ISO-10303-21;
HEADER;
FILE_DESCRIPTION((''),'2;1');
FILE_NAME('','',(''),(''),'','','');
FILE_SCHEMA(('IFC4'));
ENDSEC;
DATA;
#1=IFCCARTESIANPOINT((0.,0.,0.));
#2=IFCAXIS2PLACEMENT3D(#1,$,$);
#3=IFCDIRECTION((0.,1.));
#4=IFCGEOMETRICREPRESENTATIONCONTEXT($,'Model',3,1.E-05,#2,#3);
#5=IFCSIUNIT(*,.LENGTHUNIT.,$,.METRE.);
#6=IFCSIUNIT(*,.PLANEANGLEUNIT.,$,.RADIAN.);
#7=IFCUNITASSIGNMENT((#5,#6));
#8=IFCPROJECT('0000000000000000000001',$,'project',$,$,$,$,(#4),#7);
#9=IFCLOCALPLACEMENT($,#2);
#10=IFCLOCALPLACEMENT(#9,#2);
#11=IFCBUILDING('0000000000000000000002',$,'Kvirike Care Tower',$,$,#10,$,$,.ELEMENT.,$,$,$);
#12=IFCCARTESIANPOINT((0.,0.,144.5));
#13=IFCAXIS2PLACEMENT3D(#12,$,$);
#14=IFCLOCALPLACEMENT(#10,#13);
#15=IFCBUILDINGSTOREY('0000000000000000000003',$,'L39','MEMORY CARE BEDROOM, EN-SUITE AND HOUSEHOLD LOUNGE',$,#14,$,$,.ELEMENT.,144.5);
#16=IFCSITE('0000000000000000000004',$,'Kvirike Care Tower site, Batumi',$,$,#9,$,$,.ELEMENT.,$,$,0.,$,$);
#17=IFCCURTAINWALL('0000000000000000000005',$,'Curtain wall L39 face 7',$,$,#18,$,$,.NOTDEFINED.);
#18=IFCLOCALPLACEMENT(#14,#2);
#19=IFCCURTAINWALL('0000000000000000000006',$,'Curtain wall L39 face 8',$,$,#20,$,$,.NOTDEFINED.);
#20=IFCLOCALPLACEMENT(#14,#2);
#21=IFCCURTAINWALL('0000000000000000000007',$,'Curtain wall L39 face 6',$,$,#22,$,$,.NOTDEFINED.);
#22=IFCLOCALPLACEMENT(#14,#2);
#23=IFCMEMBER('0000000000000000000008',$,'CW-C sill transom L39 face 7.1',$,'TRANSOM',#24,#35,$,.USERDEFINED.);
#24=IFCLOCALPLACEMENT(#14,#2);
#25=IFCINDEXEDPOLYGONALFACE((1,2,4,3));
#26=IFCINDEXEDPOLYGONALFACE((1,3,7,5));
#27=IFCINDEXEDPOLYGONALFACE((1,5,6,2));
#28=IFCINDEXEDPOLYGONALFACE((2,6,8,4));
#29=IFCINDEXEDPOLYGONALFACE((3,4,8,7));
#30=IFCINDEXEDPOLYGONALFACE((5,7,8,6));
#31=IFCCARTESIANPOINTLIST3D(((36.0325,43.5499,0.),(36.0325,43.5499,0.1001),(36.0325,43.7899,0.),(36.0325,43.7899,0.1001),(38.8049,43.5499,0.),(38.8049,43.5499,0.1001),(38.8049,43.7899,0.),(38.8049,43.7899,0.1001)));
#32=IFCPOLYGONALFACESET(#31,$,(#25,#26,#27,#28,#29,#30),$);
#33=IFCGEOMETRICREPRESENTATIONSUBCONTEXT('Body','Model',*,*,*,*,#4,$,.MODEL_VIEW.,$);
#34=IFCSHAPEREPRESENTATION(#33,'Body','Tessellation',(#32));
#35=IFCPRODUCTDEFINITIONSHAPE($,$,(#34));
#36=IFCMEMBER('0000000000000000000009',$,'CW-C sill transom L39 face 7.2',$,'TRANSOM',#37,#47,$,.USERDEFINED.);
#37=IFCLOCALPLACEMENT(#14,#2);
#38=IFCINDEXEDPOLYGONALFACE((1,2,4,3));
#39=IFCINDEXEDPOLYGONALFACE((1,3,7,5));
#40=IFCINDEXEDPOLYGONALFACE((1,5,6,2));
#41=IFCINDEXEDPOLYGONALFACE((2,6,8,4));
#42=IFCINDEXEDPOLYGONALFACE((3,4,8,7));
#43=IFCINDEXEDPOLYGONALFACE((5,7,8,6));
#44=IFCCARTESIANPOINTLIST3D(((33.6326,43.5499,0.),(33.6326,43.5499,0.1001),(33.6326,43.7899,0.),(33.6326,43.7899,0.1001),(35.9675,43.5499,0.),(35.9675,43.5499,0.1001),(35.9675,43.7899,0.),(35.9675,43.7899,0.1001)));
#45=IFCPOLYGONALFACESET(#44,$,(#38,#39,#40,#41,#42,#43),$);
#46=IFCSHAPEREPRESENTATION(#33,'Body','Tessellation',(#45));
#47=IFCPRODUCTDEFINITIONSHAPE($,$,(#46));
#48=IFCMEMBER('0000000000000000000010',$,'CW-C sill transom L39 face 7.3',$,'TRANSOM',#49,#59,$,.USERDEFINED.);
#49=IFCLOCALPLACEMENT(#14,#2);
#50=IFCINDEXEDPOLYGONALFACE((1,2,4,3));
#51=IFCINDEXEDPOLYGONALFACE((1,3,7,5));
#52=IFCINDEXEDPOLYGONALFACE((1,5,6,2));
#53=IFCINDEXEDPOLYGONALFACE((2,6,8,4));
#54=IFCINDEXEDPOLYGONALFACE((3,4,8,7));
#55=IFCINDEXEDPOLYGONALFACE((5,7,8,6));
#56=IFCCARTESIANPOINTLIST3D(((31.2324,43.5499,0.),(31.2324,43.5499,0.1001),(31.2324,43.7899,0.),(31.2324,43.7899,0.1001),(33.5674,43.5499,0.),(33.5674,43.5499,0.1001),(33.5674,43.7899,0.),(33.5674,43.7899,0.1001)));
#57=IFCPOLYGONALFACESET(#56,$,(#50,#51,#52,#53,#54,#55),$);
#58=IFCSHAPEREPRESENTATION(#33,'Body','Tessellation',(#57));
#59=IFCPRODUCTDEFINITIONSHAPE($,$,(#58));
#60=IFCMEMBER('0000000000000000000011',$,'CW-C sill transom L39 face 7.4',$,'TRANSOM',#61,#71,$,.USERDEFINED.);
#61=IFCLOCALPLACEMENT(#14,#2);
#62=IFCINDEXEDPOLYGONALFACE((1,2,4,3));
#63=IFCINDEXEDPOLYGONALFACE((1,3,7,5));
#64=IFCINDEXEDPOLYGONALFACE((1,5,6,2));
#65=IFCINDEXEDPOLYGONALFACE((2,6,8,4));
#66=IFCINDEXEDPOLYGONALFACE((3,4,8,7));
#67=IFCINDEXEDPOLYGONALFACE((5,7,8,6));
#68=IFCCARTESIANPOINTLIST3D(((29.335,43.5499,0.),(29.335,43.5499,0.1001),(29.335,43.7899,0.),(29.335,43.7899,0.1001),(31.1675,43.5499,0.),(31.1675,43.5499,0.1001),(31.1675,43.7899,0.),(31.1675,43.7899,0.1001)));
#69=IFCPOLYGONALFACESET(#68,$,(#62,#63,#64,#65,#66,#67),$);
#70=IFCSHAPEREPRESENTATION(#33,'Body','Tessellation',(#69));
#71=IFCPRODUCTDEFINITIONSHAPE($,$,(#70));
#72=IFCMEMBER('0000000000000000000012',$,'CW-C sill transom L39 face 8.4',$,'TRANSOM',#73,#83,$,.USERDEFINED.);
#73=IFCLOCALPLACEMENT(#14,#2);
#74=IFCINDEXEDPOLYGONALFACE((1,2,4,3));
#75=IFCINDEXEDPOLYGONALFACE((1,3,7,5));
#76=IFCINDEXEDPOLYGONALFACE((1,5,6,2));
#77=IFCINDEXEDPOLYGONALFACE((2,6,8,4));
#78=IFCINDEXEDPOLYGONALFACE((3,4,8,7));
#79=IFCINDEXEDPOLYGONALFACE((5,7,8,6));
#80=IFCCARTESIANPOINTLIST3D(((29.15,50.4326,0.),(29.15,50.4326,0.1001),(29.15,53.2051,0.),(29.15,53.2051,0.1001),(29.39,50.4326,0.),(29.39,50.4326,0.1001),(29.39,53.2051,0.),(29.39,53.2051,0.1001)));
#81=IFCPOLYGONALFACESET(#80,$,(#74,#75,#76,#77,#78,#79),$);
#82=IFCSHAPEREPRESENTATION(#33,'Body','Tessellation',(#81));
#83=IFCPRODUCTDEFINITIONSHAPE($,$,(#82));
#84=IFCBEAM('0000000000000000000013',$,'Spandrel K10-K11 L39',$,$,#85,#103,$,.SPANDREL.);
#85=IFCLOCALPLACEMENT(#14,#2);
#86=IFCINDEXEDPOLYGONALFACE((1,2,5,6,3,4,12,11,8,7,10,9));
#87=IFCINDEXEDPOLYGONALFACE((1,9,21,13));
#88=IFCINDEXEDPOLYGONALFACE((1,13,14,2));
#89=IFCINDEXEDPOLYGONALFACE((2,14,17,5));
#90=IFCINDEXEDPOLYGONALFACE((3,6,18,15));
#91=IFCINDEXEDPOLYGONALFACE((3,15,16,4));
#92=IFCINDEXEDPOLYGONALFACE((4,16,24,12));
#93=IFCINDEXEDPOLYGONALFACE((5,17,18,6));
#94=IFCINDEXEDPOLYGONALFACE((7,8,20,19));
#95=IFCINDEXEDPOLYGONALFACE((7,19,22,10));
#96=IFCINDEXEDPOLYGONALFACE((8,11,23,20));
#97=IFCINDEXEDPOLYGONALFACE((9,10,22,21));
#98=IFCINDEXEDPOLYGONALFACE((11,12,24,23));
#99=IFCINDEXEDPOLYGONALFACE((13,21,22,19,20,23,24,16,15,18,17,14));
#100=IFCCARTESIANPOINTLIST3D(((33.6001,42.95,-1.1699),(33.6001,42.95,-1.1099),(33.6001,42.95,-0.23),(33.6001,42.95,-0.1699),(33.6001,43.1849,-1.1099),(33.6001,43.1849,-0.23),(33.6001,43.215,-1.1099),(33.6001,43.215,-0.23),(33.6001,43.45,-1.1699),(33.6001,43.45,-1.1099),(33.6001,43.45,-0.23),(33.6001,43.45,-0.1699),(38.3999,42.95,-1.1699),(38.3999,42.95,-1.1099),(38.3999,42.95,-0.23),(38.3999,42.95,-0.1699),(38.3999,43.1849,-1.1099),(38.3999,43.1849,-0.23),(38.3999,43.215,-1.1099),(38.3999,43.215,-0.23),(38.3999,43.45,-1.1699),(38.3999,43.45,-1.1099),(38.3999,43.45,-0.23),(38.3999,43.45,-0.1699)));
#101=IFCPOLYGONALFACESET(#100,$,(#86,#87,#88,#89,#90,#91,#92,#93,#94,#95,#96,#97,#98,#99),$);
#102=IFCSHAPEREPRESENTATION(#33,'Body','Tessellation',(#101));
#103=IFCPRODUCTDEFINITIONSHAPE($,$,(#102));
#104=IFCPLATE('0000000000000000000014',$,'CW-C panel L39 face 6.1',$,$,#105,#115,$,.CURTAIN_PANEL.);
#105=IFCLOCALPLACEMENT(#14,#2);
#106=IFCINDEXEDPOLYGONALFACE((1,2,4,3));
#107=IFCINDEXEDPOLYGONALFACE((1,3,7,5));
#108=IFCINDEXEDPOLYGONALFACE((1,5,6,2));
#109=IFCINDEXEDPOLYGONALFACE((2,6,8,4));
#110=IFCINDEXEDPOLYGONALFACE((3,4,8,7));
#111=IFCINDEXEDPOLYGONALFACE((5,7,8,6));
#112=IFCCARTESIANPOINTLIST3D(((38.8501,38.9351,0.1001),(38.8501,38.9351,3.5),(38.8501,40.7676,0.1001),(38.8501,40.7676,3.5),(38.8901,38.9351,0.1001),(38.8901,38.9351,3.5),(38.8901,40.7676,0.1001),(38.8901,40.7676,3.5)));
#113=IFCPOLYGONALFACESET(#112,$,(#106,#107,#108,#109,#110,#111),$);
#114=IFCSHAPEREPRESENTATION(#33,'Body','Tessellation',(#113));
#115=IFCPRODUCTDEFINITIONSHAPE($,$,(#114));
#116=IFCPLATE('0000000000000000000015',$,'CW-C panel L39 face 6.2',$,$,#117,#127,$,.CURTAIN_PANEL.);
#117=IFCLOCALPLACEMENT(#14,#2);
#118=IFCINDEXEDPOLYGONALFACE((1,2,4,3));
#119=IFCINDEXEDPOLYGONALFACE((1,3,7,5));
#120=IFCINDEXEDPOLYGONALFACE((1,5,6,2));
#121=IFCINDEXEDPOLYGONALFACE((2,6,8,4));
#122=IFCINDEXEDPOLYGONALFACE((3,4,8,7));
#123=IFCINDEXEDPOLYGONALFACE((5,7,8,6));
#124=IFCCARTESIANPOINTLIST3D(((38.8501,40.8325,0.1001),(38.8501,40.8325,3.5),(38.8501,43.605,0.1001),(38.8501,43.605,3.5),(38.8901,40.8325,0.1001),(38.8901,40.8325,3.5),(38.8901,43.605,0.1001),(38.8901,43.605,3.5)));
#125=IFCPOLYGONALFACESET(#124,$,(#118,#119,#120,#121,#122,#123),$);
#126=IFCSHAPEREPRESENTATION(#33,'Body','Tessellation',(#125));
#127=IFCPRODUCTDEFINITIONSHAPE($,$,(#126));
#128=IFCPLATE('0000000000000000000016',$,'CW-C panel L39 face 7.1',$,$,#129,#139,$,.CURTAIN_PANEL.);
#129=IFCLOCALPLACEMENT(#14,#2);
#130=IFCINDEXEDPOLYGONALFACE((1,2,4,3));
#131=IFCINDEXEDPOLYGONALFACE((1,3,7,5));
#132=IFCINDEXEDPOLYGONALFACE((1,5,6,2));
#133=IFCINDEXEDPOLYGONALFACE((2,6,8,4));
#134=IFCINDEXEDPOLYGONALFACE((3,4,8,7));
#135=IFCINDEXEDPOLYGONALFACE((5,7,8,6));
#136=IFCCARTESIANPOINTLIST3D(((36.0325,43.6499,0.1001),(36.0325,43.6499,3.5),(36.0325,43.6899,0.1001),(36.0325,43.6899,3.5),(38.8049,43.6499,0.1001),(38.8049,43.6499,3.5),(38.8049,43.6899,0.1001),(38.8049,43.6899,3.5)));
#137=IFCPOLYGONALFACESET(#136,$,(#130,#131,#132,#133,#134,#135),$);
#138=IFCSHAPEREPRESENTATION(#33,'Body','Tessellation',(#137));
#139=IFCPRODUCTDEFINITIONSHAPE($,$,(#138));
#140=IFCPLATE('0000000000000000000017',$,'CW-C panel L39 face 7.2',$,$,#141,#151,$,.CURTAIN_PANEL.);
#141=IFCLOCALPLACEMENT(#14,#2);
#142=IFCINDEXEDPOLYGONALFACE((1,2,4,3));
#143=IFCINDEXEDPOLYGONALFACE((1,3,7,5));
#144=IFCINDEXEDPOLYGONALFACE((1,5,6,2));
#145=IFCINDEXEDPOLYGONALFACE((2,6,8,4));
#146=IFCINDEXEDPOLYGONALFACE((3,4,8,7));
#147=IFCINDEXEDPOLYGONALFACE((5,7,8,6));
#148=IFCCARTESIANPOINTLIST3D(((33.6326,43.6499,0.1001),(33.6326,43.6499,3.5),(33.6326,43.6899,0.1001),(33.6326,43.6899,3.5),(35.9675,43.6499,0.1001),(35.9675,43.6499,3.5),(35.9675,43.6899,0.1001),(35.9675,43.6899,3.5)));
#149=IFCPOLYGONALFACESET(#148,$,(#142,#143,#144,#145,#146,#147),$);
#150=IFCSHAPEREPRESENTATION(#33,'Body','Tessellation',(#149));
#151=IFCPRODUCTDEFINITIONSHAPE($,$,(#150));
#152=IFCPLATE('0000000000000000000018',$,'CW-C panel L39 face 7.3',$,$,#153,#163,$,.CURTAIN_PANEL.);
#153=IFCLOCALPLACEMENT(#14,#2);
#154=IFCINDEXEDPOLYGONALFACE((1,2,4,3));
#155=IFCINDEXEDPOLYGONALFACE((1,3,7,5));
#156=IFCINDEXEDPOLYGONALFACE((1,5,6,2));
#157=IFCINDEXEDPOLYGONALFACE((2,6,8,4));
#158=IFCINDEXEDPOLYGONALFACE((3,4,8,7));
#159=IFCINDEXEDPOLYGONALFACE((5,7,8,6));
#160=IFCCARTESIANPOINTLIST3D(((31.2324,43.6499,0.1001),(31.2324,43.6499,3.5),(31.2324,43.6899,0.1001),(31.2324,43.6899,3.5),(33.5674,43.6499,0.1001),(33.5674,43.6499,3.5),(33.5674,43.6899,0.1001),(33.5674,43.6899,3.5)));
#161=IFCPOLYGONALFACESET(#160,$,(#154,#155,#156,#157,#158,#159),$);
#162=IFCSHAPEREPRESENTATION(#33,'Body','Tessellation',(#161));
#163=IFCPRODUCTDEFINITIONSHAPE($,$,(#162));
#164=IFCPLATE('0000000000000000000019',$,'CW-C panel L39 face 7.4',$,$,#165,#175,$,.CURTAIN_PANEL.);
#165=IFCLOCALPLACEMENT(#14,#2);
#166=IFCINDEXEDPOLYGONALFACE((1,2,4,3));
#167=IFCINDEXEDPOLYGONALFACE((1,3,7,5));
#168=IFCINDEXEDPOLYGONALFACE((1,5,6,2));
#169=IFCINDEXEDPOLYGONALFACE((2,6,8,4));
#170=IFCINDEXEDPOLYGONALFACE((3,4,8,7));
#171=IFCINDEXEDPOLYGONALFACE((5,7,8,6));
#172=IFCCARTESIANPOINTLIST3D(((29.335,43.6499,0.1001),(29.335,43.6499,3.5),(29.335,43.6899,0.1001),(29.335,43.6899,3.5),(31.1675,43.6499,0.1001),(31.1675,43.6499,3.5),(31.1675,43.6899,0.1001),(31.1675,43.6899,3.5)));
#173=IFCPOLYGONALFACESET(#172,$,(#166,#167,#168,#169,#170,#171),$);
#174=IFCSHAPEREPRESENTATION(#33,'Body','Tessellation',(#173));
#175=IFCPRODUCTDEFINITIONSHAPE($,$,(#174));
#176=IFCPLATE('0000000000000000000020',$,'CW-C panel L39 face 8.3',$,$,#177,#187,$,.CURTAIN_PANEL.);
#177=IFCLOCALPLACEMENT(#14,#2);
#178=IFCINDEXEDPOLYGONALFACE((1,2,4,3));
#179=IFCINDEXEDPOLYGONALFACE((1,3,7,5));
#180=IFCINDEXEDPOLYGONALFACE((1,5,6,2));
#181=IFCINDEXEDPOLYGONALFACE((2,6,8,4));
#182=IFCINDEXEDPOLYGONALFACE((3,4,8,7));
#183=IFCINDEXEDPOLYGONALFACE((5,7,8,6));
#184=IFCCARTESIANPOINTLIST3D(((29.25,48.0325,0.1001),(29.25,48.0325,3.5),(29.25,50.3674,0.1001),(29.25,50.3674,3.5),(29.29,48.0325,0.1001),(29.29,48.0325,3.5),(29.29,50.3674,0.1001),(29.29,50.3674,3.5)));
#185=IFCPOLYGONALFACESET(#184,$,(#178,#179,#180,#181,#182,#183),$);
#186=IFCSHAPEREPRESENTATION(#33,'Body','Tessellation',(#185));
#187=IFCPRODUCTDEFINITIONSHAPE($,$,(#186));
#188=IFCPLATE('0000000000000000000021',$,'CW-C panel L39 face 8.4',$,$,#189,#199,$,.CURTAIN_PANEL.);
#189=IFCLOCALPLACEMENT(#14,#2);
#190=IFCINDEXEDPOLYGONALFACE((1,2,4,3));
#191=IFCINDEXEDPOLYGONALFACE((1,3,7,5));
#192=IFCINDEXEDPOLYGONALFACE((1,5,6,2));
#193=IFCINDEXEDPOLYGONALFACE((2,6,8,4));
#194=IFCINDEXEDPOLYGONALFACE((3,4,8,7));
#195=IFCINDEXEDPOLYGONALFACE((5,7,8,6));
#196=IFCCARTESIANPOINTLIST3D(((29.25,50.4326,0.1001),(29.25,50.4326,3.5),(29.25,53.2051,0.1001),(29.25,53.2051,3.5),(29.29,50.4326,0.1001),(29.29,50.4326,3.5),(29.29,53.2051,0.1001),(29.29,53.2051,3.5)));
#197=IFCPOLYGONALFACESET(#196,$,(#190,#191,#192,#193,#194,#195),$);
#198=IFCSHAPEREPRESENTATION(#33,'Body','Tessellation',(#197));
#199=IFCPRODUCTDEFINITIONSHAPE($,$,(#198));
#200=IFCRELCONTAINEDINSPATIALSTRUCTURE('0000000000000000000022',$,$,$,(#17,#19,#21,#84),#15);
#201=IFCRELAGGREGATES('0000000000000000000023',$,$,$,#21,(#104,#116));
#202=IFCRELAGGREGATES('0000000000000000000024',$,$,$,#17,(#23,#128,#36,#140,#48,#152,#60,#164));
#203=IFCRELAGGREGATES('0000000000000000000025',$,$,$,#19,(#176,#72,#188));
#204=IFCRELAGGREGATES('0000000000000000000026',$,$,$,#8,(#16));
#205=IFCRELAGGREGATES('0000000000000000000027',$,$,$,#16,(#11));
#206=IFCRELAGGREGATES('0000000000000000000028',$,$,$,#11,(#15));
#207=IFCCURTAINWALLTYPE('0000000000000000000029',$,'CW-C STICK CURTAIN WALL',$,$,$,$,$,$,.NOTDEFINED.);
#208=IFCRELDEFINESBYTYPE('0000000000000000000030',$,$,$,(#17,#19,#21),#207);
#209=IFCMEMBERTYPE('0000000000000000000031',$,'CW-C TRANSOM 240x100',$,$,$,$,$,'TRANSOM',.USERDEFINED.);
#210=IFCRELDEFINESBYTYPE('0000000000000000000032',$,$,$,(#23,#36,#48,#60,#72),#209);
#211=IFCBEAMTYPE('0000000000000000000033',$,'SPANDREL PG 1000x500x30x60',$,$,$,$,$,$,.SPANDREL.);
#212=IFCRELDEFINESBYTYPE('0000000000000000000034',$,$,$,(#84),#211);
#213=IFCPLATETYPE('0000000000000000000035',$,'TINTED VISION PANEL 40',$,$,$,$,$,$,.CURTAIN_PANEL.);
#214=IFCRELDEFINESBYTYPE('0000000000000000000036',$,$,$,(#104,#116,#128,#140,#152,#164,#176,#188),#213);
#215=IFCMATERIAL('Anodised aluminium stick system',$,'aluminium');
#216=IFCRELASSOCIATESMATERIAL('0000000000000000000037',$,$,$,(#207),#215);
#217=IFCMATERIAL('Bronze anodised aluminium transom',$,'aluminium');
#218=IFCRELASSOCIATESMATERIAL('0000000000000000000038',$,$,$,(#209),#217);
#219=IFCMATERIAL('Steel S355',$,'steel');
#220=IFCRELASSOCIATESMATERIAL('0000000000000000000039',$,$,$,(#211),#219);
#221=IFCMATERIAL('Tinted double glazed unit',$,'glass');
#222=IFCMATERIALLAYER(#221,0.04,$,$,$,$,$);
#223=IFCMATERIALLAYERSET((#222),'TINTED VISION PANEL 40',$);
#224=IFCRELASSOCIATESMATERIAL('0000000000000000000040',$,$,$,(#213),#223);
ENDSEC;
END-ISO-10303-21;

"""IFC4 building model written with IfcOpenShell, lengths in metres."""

from ifc_helpers import new_model, si_unit, direction, frame, origin, origin_2d, place, context, subcontext, project, spatial, rectangle, i_section, extrude, material, layer, layer_set, material_profile, profile_set, type_object, element, aggregate, save


model = new_model("IFC4")

# Units and contexts
model_context = context("Model", 3, precision=1e-05, world=origin(), true_north=direction((0.0, 1.0)))
body_context = subcontext(model_context, "Body", "Model", "MODEL_VIEW")
ifc_project = project(units=[si_unit("LENGTHUNIT", "METRE"), si_unit("PLANEANGLEUNIT", "RADIAN")], contexts=[model_context])

# Site, building, storey
site_placement = place(None, origin())
site = spatial("IfcSite", under=ifc_project, at=site_placement, Name="Kvirike Care Tower site, Batumi", CompositionType="ELEMENT", RefElevation=0.0)
building_placement = place(site_placement, origin())
building = spatial("IfcBuilding", under=site, at=building_placement, Name="Kvirike Care Tower", CompositionType="ELEMENT")
storey_placement = place(building_placement, frame((0.0, 0.0, 144.5)))
storey = spatial("IfcBuildingStorey", under=building, at=storey_placement, Name="L39", Description="MEMORY CARE BEDROOM, EN-SUITE AND HOUSEHOLD LOUNGE", CompositionType="ELEMENT", Elevation=144.5)

# Curtain walls
ifc_material_1 = material(Name="Anodised aluminium stick system", Category="aluminium")
curtain_wall_type = type_object("IfcCurtainWallType", Name="CW-C STICK CURTAIN WALL", PredefinedType="NOTDEFINED", material=ifc_material_1)
curtain_wall_1_placement = place(storey_placement, origin())
curtain_wall_1 = element("IfcCurtainWall", 1, at=curtain_wall_1_placement, inside=storey, type_object=curtain_wall_type, Name="Curtain wall L39 face 7", PredefinedType="NOTDEFINED")
curtain_wall_2_placement = place(storey_placement, origin())
curtain_wall_2 = element("IfcCurtainWall", 2, at=curtain_wall_2_placement, inside=storey, type_object=curtain_wall_type, Name="Curtain wall L39 face 8", PredefinedType="NOTDEFINED")

# Curtain wall
curtain_wall_3_placement = place(storey_placement, origin())
curtain_wall_3 = element("IfcCurtainWall", 3, at=curtain_wall_3_placement, inside=storey, type_object=curtain_wall_type, Name="Curtain wall L39 face 6", PredefinedType="NOTDEFINED")

# Members
ifc_material_2 = material(Name="Bronze anodised aluminium transom", Category="aluminium")
ifc_material_profile_1 = material_profile(ifc_material_2, rectangle(XDim=0.24, YDim=0.1001, at=origin_2d()), Name="CW-C TRANSOM 240x100")
ifc_profile_set_1 = profile_set([ifc_material_profile_1], Name="Bronze anodised aluminium transom")
member_type_1 = type_object("IfcMemberType", Name="CW-C TRANSOM 240x100", ElementType="TRANSOM", PredefinedType="USERDEFINED", material=ifc_profile_set_1)
member_1_placement = place(storey_placement, frame((38.8049, 43.6699, 0.05), z_axis=(-1.0, 0.0, 0.0), x_axis=(0.0, -1.0, 0.0)))
member_1 = element("IfcMember", 4, at=member_1_placement, type_object=member_type_1, Name="CW-C sill transom L39 face 7.1", ObjectType="TRANSOM", PredefinedType="USERDEFINED", context=body_context, shape_type="SweptSolid", body=[
    extrude(rectangle(XDim=0.24, YDim=0.1001, at=origin_2d()), origin(), (0.0, 0.0, 1.0), 2.7725),
])
member_2_placement = place(storey_placement, frame((35.9675, 43.6699, 0.05), z_axis=(-1.0, 0.0, 0.0), x_axis=(0.0, -1.0, 0.0)))
member_2 = element("IfcMember", 5, at=member_2_placement, type_object=member_type_1, Name="CW-C sill transom L39 face 7.2", ObjectType="TRANSOM", PredefinedType="USERDEFINED", context=body_context, shape_type="SweptSolid", body=[
    extrude(rectangle(XDim=0.24, YDim=0.1001, at=origin_2d()), origin(), (0.0, 0.0, 1.0), 2.335),
])
member_3_placement = place(storey_placement, frame((33.5674, 43.6699, 0.05), z_axis=(-1.0, 0.0, 0.0), x_axis=(0.0, -1.0, 0.0)))
member_3 = element("IfcMember", 6, at=member_3_placement, type_object=member_type_1, Name="CW-C sill transom L39 face 7.3", ObjectType="TRANSOM", PredefinedType="USERDEFINED", context=body_context, shape_type="SweptSolid", body=[
    extrude(rectangle(XDim=0.24, YDim=0.1001, at=origin_2d()), origin(), (0.0, 0.0, 1.0), 2.335),
])
member_4_placement = place(storey_placement, frame((31.1675, 43.6699, 0.05), z_axis=(-1.0, 0.0, 0.0), x_axis=(0.0, -1.0, 0.0)))
member_4 = element("IfcMember", 7, at=member_4_placement, type_object=member_type_1, Name="CW-C sill transom L39 face 7.4", ObjectType="TRANSOM", PredefinedType="USERDEFINED", context=body_context, shape_type="SweptSolid", body=[
    extrude(rectangle(XDim=0.24, YDim=0.1001, at=origin_2d()), origin(), (0.0, 0.0, 1.0), 1.8325),
])
member_5_placement = place(storey_placement, frame((29.27, 50.4326, 0.05), z_axis=(0.0, 1.0, 0.0), x_axis=(-1.0, 0.0, 0.0)))
member_5 = element("IfcMember", 8, at=member_5_placement, type_object=member_type_1, Name="CW-C sill transom L39 face 8.4", ObjectType="TRANSOM", PredefinedType="USERDEFINED", context=body_context, shape_type="SweptSolid", body=[
    extrude(rectangle(XDim=0.24, YDim=0.1001, at=origin_2d()), origin(), (0.0, 0.0, 1.0), 2.7725),
])

# Beam
ifc_material_3 = material(Name="Steel S355", Category="steel")
ifc_material_profile_2 = material_profile(ifc_material_3, i_section(OverallWidth=0.5, OverallDepth=1.0, WebThickness=0.03, FlangeThickness=0.0601, at=origin_2d()), Name="PG 1000x500x30x60")
ifc_profile_set_2 = profile_set([ifc_material_profile_2], Name="Steel S355")
beam_type = type_object("IfcBeamType", Name="SPANDREL PG 1000x500x30x60", PredefinedType="SPANDREL", material=ifc_profile_set_2)
beam_placement = place(storey_placement, frame((33.6001, 43.2, -0.6699), z_axis=(1.0, 0.0, 0.0), x_axis=(0.0, 1.0, 0.0)))
element("IfcBeam", 9, at=beam_placement, inside=storey, type_object=beam_type, Name="Spandrel K10-K11 L39", PredefinedType="SPANDREL", context=body_context, shape_type="SweptSolid", body=[
    extrude(i_section(OverallWidth=0.5, OverallDepth=1.0, WebThickness=0.03, FlangeThickness=0.0601, at=origin_2d()), origin(), (0.0, 0.0, 1.0), 4.7998),
])

# Plates
ifc_material_4 = material(Name="Tinted double glazed unit", Category="glass")
ifc_layer_1 = layer(ifc_material_4, 0.04)
ifc_layer_set_1 = layer_set([ifc_layer_1], Name="TINTED VISION PANEL 40")
plate_type = type_object("IfcPlateType", Name="TINTED VISION PANEL 40", PredefinedType="CURTAIN_PANEL", material=ifc_layer_set_1)
plate_1_placement = place(storey_placement, frame((38.8701, 39.8513, 0.1001), z_axis=(0.0, 0.0, 1.0), x_axis=(0.0, 1.0, 0.0)))
plate_1 = element("IfcPlate", 10, at=plate_1_placement, type_object=plate_type, Name="CW-C panel L39 face 6.1", PredefinedType="CURTAIN_PANEL", context=body_context, shape_type="SweptSolid", body=[
    extrude(rectangle(XDim=1.8325, YDim=0.04, at=origin_2d()), origin(), (0.0, 0.0, 1.0), 3.3999),
])
plate_2_placement = place(storey_placement, frame((38.8701, 42.2188, 0.1001), z_axis=(0.0, 0.0, 1.0), x_axis=(0.0, 1.0, 0.0)))
plate_2 = element("IfcPlate", 11, at=plate_2_placement, type_object=plate_type, Name="CW-C panel L39 face 6.2", PredefinedType="CURTAIN_PANEL", context=body_context, shape_type="SweptSolid", body=[
    extrude(rectangle(XDim=2.7725, YDim=0.04, at=origin_2d()), origin(), (0.0, 0.0, 1.0), 3.3999),
])
aggregate(curtain_wall_3, [plate_1, plate_2])
plate_3_placement = place(storey_placement, frame((37.4187, 43.6699, 0.1001), z_axis=(0.0, 0.0, 1.0), x_axis=(-1.0, 0.0, 0.0)))
plate_3 = element("IfcPlate", 12, at=plate_3_placement, type_object=plate_type, Name="CW-C panel L39 face 7.1", PredefinedType="CURTAIN_PANEL", context=body_context, shape_type="SweptSolid", body=[
    extrude(rectangle(XDim=2.7725, YDim=0.04, at=origin_2d()), origin(), (0.0, 0.0, 1.0), 3.3999),
])
plate_4_placement = place(storey_placement, frame((34.8, 43.6699, 0.1001), z_axis=(0.0, 0.0, 1.0), x_axis=(-1.0, 0.0, 0.0)))
plate_4 = element("IfcPlate", 13, at=plate_4_placement, type_object=plate_type, Name="CW-C panel L39 face 7.2", PredefinedType="CURTAIN_PANEL", context=body_context, shape_type="SweptSolid", body=[
    extrude(rectangle(XDim=2.335, YDim=0.04, at=origin_2d()), origin(), (0.0, 0.0, 1.0), 3.3999),
])
plate_5_placement = place(storey_placement, frame((32.3999, 43.6699, 0.1001), z_axis=(0.0, 0.0, 1.0), x_axis=(-1.0, 0.0, 0.0)))
plate_5 = element("IfcPlate", 14, at=plate_5_placement, type_object=plate_type, Name="CW-C panel L39 face 7.3", PredefinedType="CURTAIN_PANEL", context=body_context, shape_type="SweptSolid", body=[
    extrude(rectangle(XDim=2.335, YDim=0.04, at=origin_2d()), origin(), (0.0, 0.0, 1.0), 3.3999),
])
plate_6_placement = place(storey_placement, frame((30.2512, 43.6699, 0.1001), z_axis=(0.0, 0.0, 1.0), x_axis=(-1.0, 0.0, 0.0)))
plate_6 = element("IfcPlate", 15, at=plate_6_placement, type_object=plate_type, Name="CW-C panel L39 face 7.4", PredefinedType="CURTAIN_PANEL", context=body_context, shape_type="SweptSolid", body=[
    extrude(rectangle(XDim=1.8325, YDim=0.04, at=origin_2d()), origin(), (0.0, 0.0, 1.0), 3.3999),
])
aggregate(curtain_wall_1, [member_1, plate_3, member_2, plate_4, member_3, plate_5, member_4, plate_6])
plate_7_placement = place(storey_placement, frame((29.27, 49.2, 0.1001), z_axis=(0.0, 0.0, 1.0), x_axis=(0.0, 1.0, 0.0)))
plate_7 = element("IfcPlate", 16, at=plate_7_placement, type_object=plate_type, Name="CW-C panel L39 face 8.3", PredefinedType="CURTAIN_PANEL", context=body_context, shape_type="SweptSolid", body=[
    extrude(rectangle(XDim=2.335, YDim=0.04, at=origin_2d()), origin(), (0.0, 0.0, 1.0), 3.3999),
])
plate_8_placement = place(storey_placement, frame((29.27, 51.8188, 0.1001), z_axis=(0.0, 0.0, 1.0), x_axis=(0.0, 1.0, 0.0)))
plate_8 = element("IfcPlate", 17, at=plate_8_placement, type_object=plate_type, Name="CW-C panel L39 face 8.4", PredefinedType="CURTAIN_PANEL", context=body_context, shape_type="SweptSolid", body=[
    extrude(rectangle(XDim=2.7725, YDim=0.04, at=origin_2d()), origin(), (0.0, 0.0, 1.0), 3.3999),
])
aggregate(curtain_wall_2, [plate_7, member_5, plate_8])

save(model, "model.ifc")
